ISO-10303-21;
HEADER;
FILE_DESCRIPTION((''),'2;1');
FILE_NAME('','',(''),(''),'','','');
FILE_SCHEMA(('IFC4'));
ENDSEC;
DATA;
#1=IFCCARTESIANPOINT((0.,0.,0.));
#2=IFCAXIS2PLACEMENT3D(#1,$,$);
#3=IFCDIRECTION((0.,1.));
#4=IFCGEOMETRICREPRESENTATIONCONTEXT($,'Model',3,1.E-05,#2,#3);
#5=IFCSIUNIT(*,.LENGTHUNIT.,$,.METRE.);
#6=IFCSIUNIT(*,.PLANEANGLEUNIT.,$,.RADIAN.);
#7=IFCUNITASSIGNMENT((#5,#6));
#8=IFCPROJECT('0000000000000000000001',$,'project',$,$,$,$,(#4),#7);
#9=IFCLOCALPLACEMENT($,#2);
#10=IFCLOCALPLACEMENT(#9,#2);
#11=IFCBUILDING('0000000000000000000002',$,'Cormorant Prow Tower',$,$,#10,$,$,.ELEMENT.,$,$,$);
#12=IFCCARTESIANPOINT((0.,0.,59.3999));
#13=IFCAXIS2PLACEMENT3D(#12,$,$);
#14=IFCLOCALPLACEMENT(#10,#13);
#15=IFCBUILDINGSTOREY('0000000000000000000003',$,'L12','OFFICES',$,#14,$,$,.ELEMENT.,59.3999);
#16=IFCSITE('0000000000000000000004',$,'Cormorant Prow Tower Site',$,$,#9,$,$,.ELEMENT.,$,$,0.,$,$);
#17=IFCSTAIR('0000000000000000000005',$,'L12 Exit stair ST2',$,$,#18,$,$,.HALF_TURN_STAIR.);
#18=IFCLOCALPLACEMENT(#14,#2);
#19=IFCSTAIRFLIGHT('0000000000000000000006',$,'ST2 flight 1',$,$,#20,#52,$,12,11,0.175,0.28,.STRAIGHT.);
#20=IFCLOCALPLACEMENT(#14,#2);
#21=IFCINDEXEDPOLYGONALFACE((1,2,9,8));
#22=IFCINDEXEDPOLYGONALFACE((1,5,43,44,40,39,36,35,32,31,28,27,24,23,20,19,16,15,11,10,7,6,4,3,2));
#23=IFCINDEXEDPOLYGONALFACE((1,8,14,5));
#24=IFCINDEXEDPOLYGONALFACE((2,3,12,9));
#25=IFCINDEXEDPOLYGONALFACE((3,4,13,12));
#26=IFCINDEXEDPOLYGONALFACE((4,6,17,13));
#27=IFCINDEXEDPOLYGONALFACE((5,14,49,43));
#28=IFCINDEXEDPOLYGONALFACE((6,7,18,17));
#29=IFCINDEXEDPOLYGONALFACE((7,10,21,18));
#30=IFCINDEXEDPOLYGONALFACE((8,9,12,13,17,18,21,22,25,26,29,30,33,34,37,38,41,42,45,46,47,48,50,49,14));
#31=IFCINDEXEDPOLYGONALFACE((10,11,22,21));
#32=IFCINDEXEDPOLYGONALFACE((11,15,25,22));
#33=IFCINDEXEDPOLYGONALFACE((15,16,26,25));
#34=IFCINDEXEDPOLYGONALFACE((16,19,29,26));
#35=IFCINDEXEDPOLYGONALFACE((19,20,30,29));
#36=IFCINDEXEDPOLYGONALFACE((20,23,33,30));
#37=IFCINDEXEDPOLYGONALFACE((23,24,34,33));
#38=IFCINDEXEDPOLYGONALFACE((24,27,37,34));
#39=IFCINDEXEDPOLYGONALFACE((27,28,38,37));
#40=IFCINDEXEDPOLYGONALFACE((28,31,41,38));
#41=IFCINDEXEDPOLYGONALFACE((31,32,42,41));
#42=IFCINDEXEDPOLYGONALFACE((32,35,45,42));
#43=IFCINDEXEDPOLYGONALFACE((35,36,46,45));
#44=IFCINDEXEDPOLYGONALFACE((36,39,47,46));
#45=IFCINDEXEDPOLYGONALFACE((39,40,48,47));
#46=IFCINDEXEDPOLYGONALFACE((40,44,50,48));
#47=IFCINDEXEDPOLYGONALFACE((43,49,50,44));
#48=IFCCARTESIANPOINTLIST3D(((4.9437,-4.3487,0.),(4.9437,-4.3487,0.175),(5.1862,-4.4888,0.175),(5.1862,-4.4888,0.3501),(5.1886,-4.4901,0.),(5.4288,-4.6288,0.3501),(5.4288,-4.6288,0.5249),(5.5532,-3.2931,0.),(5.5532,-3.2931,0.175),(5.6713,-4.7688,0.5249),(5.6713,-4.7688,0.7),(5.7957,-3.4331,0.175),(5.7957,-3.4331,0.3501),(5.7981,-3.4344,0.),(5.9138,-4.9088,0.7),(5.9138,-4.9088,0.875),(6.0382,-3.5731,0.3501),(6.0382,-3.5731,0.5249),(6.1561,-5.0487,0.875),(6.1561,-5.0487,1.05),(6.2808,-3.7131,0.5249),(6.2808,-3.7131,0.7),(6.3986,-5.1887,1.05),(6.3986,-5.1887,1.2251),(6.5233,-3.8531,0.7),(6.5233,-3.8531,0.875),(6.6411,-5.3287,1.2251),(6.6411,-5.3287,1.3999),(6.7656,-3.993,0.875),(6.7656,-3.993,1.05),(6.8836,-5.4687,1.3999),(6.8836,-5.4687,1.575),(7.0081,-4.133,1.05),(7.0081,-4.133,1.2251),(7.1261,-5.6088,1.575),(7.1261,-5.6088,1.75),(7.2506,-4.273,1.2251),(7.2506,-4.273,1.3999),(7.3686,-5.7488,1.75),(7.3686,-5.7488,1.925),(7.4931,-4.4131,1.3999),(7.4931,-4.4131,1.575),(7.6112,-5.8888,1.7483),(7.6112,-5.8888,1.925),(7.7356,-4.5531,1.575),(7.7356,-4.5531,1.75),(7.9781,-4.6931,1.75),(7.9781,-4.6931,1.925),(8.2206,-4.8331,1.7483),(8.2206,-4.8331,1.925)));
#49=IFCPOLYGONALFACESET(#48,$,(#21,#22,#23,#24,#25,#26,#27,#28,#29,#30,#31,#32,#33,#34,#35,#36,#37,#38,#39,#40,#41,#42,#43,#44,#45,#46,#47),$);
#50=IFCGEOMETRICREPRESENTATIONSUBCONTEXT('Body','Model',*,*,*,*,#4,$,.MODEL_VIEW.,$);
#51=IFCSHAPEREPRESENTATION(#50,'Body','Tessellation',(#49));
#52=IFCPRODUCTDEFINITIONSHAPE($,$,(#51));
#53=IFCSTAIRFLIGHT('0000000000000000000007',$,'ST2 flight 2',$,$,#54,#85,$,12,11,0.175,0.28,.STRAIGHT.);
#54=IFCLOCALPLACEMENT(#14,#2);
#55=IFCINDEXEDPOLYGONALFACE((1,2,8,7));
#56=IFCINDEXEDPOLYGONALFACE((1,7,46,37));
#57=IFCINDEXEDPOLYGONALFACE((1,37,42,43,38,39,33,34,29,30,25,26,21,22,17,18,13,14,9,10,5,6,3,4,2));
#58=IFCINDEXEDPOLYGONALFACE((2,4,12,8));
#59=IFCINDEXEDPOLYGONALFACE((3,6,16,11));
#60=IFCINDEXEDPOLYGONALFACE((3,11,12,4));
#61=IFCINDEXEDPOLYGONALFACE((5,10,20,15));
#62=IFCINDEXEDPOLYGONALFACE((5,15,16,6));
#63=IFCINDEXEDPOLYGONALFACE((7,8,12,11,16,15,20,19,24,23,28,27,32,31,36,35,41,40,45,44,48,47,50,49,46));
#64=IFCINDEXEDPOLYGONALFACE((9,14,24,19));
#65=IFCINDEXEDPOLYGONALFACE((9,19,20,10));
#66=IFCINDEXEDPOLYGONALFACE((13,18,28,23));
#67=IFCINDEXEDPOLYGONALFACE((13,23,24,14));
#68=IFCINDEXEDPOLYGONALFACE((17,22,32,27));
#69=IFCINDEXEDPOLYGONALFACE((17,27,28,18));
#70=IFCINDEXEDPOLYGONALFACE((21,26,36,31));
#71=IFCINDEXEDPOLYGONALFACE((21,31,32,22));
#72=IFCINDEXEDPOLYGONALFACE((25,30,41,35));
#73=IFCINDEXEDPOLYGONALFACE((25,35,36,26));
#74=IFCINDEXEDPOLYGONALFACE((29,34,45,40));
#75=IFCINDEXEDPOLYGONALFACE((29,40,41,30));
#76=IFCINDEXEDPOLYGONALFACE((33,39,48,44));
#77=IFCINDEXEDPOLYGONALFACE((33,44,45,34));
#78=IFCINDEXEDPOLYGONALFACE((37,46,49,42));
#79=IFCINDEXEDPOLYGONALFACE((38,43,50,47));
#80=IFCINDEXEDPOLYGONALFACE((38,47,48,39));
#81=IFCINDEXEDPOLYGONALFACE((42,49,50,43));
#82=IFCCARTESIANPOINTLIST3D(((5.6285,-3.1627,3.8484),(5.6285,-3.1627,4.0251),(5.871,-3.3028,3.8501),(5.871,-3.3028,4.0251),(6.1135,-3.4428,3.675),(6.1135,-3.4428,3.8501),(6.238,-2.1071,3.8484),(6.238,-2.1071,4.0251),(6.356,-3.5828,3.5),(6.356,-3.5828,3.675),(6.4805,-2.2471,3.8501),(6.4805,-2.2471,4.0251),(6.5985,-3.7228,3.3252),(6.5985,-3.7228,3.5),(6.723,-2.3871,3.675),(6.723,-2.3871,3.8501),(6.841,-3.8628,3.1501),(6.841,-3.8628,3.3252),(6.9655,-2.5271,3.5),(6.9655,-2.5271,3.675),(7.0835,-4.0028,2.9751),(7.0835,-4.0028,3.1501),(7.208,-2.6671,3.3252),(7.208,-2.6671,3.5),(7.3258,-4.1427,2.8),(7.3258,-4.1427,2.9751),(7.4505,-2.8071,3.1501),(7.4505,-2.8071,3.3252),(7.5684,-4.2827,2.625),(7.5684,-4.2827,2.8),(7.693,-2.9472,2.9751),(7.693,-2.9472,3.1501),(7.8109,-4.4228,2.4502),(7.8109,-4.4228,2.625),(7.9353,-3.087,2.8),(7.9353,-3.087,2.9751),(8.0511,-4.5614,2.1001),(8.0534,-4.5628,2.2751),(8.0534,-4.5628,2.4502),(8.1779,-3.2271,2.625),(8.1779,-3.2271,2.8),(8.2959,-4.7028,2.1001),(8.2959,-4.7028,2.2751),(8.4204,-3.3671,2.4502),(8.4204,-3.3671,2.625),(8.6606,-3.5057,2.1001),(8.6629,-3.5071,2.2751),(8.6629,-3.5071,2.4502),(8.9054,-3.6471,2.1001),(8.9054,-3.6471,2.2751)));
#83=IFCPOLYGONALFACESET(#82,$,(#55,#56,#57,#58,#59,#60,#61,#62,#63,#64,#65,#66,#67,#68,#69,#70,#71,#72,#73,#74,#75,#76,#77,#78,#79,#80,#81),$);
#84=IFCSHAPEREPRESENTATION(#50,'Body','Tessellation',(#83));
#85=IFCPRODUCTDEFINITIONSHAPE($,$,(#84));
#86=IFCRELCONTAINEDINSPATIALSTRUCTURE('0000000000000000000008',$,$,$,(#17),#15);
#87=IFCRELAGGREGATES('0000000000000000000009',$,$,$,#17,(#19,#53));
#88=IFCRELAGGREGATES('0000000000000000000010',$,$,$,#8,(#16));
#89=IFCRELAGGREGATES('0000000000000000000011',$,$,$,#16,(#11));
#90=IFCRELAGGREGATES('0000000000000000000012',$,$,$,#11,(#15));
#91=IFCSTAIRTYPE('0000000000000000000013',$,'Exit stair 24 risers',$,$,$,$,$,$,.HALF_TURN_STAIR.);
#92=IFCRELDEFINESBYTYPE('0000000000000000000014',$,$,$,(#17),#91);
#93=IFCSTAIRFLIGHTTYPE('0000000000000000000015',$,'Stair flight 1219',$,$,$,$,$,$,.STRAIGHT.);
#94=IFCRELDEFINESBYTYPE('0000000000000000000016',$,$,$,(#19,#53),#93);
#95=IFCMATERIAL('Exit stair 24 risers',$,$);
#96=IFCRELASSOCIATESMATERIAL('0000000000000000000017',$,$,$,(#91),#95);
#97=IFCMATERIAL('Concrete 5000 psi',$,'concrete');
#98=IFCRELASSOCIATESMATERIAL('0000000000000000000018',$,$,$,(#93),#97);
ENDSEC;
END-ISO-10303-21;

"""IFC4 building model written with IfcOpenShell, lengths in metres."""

from ifc_helpers import new_model, si_unit, direction, frame, origin, place, context, subcontext, project, spatial, polyline, outline, extrude, material, type_object, element, aggregate, save


model = new_model("IFC4")

# Units and contexts
model_context = context("Model", 3, precision=1e-05, world=origin(), true_north=direction((0.0, 1.0)))
body_context = subcontext(model_context, "Body", "Model", "MODEL_VIEW")
ifc_project = project(units=[si_unit("LENGTHUNIT", "METRE"), si_unit("PLANEANGLEUNIT", "RADIAN")], contexts=[model_context])

# Site, building, storey
site_placement = place(None, origin())
site = spatial("IfcSite", under=ifc_project, at=site_placement, Name="Cormorant Prow Tower Site", CompositionType="ELEMENT", RefElevation=0.0)
building_placement = place(site_placement, origin())
building = spatial("IfcBuilding", under=site, at=building_placement, Name="Cormorant Prow Tower", CompositionType="ELEMENT")
storey_placement = place(building_placement, frame((0.0, 0.0, 59.3999)))
storey = spatial("IfcBuildingStorey", under=building, at=storey_placement, Name="L12", Description="OFFICES", CompositionType="ELEMENT", Elevation=59.3999)

# Stair, stair flights
ifc_material_1 = material(Name="Exit stair 24 risers")
stair_type = type_object("IfcStairType", Name="Exit stair 24 risers", PredefinedType="HALF_TURN_STAIR", material=ifc_material_1)
stair_placement = place(storey_placement, origin())
stair = element("IfcStair", 1, at=stair_placement, inside=storey, type_object=stair_type, Name="L12 Exit stair ST2", PredefinedType="HALF_TURN_STAIR")
ifc_material_2 = material(Name="Concrete 5000 psi", Category="concrete")
stair_flight_type = type_object("IfcStairFlightType", Name="Stair flight 1219", PredefinedType="STRAIGHT", material=ifc_material_2)
stair_flight_1_placement = place(storey_placement, frame((5.2485, -3.8208, 0.0), z_axis=(0.0, 0.0, 1.0), x_axis=(0.866025, -0.5, 0.0)))
stair_flight_1 = element("IfcStairFlight", 2, at=stair_flight_1_placement, type_object=stair_flight_type, Name="ST2 flight 1", NumberOfRisers=12, NumberOfTreads=11, PredefinedType="STRAIGHT", RiserHeight=0.175, TreadLength=0.28, context=body_context, shape_type="SweptSolid", body=[
    extrude(outline(polyline([(0.0, 0.0), (0.0, 0.175), (0.28, 0.175), (0.28, 0.3501), (0.5601, 0.3501), (0.5601, 0.5249), (0.8401, 0.5249), (0.8401, 0.7), (1.1201, 0.7), (1.1201, 0.875), (1.3999, 0.875), (1.3999, 1.05), (1.6799, 1.05), (1.6799, 1.2251), (1.96, 1.2251), (1.96, 1.3999), (2.24, 1.3999), (2.24, 1.575), (2.52, 1.575), (2.52, 1.75), (2.8, 1.75), (2.8, 1.925), (3.0801, 1.925), (3.0801, 2.1001), (3.0801, 1.7483), (0.2827, 0.0), (0.0, 0.0)])), frame((0.0, 0.6094, 0.0), z_axis=(0.0, -1.0, 0.0), x_axis=(1.0, 0.0, 0.0)), (0.0, 0.0, 1.0), 1.219),
])
stair_flight_2_placement = place(storey_placement, frame((8.6006, -4.175, 2.1001), z_axis=(0.0, 0.0, 1.0), x_axis=(-0.866025, 0.5, 0.0)))
stair_flight_2 = element("IfcStairFlight", 3, at=stair_flight_2_placement, type_object=stair_flight_type, Name="ST2 flight 2", NumberOfRisers=12, NumberOfTreads=11, PredefinedType="STRAIGHT", RiserHeight=0.175, TreadLength=0.28, context=body_context, shape_type="SweptSolid", body=[
    extrude(outline(polyline([(0.0, 0.0), (0.0, 0.175), (0.28, 0.175), (0.28, 0.3501), (0.5601, 0.3501), (0.5601, 0.5249), (0.8401, 0.5249), (0.8401, 0.7), (1.1201, 0.7), (1.1201, 0.875), (1.3999, 0.875), (1.3999, 1.05), (1.6799, 1.05), (1.6799, 1.2251), (1.96, 1.2251), (1.96, 1.3999), (2.24, 1.3999), (2.24, 1.575), (2.52, 1.575), (2.52, 1.75), (2.8, 1.75), (2.8, 1.925), (3.0801, 1.925), (3.0801, 2.1001), (3.0801, 1.7483), (0.2827, 0.0), (0.0, 0.0)])), frame((0.0, 0.6094, 0.0), z_axis=(0.0, -1.0, 0.0), x_axis=(1.0, 0.0, 0.0)), (0.0, 0.0, 1.0), 1.219),
])
aggregate(stair, [stair_flight_1, stair_flight_2])

save(model, "model.ifc")
